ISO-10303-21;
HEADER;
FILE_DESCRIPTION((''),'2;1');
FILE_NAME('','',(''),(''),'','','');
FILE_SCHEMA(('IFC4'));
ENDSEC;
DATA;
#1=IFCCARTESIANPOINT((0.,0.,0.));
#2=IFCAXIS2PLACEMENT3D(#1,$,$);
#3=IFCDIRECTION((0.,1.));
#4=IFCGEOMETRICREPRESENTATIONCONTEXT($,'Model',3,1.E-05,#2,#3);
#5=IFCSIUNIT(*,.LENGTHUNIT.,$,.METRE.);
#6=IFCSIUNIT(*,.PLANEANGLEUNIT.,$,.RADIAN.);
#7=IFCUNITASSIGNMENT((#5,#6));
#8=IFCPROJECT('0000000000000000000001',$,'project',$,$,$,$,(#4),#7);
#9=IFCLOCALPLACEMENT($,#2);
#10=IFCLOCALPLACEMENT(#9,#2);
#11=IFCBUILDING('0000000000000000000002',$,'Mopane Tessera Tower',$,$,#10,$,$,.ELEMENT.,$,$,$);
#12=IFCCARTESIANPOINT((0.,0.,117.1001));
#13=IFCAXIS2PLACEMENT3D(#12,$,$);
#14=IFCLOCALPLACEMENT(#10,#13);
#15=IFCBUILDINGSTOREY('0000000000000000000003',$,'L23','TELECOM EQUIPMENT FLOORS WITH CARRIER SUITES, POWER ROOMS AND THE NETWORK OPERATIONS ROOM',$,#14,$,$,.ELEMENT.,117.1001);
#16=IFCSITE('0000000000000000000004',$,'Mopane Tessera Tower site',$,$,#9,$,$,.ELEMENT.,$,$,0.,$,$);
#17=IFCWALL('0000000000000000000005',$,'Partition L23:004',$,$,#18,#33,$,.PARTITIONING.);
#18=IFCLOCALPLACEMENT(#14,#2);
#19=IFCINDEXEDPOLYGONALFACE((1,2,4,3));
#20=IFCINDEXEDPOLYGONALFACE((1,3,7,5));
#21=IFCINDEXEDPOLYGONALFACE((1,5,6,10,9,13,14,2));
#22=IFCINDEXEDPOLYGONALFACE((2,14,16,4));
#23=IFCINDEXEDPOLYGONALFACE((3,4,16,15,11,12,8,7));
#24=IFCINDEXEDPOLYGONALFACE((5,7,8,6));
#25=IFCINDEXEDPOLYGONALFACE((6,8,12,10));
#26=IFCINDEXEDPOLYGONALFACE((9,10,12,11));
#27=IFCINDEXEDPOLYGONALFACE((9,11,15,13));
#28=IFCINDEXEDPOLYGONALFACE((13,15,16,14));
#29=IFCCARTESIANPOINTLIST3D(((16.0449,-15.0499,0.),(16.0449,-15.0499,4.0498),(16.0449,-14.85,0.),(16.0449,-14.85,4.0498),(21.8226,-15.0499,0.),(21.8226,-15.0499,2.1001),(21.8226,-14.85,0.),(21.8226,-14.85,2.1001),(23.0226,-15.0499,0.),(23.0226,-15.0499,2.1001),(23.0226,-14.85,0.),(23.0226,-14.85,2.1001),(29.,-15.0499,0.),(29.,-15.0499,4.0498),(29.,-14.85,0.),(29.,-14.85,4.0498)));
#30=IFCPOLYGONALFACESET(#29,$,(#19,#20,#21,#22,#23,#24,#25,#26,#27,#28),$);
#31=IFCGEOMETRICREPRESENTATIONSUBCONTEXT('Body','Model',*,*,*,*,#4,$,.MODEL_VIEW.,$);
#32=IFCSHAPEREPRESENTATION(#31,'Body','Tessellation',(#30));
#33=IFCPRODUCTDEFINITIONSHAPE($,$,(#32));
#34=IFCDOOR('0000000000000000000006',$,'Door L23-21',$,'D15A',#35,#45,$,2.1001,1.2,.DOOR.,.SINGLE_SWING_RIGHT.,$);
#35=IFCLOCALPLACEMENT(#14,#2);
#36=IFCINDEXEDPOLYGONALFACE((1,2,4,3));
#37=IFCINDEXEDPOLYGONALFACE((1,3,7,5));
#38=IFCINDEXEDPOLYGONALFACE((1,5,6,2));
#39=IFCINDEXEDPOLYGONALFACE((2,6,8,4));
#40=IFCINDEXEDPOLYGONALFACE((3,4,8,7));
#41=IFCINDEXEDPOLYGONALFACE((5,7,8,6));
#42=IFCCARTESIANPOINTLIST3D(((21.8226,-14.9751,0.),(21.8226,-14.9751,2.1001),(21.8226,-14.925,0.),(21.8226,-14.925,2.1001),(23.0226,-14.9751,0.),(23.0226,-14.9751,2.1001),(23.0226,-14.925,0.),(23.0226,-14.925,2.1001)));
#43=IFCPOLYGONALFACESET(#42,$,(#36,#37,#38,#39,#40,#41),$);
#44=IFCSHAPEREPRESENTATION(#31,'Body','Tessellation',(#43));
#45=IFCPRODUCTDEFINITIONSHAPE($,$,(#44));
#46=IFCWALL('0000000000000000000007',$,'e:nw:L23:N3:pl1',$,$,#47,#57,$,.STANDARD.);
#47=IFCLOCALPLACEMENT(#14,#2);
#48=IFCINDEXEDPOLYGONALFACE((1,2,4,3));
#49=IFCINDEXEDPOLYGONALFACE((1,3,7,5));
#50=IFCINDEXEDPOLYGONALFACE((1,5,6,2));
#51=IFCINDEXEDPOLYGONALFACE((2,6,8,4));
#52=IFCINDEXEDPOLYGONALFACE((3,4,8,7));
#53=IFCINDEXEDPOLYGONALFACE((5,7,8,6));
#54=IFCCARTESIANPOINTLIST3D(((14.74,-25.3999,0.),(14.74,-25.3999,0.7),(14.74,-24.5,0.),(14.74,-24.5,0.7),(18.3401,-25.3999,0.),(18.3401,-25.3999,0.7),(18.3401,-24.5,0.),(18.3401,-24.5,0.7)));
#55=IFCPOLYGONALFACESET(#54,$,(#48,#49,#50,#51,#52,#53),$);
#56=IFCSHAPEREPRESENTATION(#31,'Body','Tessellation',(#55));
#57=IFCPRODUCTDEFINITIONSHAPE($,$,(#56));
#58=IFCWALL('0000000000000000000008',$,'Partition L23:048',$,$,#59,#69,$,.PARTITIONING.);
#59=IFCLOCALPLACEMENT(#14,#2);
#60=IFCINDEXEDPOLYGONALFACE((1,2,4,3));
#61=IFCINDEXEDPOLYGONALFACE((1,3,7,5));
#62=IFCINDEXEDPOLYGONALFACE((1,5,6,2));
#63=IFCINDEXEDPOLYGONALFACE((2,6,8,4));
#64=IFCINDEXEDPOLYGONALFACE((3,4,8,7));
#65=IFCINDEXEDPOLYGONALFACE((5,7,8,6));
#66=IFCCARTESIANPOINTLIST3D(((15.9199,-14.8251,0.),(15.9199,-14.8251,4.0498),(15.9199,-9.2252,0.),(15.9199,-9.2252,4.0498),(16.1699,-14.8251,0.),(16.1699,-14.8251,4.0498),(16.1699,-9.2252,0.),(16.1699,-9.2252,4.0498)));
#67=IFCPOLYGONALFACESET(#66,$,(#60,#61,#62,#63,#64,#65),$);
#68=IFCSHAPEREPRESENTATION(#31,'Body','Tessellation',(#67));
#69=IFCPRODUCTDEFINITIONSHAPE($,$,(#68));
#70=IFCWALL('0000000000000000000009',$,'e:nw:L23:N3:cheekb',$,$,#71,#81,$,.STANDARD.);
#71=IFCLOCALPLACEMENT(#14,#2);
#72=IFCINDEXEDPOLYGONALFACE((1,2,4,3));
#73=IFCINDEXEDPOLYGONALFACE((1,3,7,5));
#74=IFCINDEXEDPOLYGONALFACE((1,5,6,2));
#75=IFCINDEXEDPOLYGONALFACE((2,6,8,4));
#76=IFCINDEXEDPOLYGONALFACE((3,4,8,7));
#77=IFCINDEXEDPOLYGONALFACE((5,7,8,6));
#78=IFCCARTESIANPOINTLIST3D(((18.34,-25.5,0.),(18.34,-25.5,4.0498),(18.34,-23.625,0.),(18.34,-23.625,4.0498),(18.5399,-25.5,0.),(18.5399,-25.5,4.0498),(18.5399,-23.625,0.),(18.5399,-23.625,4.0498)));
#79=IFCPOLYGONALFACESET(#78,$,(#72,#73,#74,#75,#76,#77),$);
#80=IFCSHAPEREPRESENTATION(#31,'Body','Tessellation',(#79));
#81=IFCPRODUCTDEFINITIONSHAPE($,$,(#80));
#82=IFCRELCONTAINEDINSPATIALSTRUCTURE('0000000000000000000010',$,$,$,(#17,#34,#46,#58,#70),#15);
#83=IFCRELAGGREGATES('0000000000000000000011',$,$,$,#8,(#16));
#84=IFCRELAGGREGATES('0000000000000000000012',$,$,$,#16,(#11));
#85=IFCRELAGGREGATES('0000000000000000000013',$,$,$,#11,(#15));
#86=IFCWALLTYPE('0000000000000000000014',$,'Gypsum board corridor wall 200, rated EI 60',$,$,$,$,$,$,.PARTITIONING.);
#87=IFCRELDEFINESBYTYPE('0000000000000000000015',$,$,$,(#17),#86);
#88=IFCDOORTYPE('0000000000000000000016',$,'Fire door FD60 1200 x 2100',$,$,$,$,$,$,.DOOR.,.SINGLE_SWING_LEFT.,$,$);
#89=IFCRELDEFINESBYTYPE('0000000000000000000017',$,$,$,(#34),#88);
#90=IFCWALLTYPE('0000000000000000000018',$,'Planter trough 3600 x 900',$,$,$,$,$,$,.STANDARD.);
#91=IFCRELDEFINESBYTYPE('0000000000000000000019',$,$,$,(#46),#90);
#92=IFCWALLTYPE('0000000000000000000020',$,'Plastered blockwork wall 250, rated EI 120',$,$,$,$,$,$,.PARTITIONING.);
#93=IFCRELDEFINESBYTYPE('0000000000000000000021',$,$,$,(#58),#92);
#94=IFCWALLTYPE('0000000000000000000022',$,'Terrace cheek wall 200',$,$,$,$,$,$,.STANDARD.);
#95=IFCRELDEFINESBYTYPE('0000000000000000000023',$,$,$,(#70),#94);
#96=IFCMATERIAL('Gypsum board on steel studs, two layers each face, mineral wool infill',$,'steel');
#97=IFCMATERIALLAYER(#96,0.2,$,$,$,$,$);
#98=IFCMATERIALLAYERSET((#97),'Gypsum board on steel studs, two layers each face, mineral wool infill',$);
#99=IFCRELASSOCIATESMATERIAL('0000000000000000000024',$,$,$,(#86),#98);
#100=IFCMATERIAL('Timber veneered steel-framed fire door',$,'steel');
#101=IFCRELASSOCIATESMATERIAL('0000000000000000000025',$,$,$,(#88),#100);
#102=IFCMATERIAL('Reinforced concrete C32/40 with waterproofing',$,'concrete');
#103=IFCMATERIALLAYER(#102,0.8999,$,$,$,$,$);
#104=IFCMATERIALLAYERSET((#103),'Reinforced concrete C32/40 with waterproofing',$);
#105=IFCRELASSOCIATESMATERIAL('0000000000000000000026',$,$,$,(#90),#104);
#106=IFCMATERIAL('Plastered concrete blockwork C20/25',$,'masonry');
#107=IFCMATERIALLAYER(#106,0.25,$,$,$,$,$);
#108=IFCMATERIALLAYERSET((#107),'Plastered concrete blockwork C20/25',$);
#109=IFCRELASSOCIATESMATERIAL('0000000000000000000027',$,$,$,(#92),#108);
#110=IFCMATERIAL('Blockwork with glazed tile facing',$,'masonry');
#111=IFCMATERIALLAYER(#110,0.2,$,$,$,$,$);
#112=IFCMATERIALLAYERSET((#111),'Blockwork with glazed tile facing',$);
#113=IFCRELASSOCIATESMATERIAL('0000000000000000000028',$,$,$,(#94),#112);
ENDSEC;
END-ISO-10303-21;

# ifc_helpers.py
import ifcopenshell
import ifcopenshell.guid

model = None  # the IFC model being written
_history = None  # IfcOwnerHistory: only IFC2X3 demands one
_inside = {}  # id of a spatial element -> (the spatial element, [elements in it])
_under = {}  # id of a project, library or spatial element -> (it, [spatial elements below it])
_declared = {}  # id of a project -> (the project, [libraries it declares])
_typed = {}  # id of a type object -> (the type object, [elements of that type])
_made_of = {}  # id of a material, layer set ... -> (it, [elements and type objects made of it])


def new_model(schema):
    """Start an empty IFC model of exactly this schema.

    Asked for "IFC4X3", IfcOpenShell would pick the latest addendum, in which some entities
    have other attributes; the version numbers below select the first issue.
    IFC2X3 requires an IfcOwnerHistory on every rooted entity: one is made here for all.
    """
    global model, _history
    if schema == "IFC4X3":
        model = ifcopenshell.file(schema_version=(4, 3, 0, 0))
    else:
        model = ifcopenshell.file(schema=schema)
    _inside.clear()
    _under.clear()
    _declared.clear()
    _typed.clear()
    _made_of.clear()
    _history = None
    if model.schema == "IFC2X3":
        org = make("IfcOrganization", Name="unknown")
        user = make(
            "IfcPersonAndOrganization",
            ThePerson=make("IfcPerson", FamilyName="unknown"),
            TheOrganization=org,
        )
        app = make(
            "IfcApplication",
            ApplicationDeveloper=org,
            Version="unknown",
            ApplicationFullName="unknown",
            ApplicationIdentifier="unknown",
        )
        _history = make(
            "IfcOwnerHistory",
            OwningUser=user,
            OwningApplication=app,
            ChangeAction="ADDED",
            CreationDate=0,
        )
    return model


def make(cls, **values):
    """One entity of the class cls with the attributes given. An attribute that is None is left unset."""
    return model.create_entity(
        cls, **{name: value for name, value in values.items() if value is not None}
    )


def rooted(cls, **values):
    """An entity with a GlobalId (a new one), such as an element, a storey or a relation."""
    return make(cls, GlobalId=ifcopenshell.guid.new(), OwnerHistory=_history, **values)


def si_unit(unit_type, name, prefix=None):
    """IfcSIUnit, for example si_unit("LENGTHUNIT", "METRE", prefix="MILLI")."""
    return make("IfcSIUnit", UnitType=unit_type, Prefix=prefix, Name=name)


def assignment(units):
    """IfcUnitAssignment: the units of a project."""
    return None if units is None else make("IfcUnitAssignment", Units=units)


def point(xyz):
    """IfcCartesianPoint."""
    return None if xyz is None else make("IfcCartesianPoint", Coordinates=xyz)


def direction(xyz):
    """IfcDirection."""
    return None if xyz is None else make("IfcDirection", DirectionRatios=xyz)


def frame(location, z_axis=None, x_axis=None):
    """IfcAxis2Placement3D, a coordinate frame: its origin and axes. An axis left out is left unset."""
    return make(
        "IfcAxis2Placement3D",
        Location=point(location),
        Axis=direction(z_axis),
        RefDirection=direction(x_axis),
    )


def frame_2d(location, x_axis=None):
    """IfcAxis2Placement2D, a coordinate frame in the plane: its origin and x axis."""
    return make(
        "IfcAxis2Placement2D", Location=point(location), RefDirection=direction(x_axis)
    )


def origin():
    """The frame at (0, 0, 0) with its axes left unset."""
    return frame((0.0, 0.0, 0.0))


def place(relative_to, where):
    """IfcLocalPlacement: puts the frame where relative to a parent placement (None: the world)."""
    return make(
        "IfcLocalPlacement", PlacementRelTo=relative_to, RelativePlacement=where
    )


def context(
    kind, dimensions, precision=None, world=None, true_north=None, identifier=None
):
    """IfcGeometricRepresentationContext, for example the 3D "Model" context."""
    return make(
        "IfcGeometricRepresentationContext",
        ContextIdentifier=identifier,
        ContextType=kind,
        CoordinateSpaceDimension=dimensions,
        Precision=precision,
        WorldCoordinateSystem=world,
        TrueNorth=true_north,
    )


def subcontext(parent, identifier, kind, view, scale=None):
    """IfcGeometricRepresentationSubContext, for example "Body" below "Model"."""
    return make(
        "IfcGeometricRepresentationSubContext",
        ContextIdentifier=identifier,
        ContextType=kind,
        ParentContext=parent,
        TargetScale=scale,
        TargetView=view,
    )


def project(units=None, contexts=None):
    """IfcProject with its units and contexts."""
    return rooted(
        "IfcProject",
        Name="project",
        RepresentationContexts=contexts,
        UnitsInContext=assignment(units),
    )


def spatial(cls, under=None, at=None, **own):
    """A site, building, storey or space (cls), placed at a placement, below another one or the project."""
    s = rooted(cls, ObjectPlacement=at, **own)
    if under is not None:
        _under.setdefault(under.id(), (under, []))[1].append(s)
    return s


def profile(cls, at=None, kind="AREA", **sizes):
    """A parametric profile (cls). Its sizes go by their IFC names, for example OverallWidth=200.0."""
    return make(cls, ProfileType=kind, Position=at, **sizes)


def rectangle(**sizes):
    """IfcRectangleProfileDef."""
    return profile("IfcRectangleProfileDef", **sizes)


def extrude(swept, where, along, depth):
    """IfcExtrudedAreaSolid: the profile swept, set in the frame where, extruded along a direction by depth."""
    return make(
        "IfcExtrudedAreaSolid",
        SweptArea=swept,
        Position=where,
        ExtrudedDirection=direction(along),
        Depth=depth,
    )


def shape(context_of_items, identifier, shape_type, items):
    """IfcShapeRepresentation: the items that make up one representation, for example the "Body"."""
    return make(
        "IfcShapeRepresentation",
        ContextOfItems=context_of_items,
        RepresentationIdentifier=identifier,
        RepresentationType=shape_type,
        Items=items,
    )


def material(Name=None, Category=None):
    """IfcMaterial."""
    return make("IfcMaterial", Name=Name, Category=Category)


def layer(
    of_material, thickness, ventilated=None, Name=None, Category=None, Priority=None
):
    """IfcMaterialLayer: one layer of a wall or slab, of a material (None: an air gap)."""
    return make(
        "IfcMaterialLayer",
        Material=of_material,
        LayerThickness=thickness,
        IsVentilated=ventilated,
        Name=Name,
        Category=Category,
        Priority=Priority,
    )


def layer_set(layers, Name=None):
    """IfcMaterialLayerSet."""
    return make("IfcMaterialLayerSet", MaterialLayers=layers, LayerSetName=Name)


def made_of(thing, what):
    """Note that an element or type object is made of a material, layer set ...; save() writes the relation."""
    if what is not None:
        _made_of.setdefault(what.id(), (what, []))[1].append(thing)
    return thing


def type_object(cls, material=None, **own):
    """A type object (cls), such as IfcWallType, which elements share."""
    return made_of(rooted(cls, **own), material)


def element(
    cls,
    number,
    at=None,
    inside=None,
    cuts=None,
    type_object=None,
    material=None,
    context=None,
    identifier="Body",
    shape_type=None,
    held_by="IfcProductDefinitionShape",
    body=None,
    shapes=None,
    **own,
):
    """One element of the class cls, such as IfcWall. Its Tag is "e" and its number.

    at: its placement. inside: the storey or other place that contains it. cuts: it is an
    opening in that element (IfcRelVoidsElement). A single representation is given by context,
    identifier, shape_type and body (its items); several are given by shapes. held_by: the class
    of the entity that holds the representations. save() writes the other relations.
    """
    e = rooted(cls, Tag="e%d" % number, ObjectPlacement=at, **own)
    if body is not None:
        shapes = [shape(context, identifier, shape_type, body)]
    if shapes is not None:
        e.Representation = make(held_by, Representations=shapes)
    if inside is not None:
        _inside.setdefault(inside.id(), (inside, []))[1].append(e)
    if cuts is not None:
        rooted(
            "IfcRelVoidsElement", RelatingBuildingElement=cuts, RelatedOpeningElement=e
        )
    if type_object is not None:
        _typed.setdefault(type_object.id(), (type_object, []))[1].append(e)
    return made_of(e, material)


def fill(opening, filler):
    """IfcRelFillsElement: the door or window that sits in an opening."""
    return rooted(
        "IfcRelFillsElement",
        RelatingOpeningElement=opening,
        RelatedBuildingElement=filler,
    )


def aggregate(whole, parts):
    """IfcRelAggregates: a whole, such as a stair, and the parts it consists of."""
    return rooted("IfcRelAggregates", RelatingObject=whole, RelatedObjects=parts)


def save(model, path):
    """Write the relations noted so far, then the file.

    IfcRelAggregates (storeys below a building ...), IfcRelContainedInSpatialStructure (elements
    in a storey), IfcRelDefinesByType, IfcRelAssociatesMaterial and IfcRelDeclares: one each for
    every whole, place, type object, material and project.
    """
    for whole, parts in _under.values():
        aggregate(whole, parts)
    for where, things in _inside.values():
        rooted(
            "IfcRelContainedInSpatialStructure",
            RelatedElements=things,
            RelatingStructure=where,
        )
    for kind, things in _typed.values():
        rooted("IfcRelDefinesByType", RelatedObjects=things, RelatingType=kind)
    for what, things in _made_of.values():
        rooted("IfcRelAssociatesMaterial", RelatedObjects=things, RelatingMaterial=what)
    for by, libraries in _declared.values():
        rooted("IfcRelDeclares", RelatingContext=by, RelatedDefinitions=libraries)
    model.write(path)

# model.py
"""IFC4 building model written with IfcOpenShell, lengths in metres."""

from ifc_helpers import new_model, si_unit, direction, frame, frame_2d, origin, place, context, subcontext, project, spatial, rectangle, extrude, material, layer, layer_set, type_object, element, fill, save


model = new_model("IFC4")

# Units and contexts
model_context = context("Model", 3, precision=1e-05, world=origin(), true_north=direction((0.0, 1.0)))
body_context = subcontext(model_context, "Body", "Model", "MODEL_VIEW")
ifc_project = project(units=[si_unit("LENGTHUNIT", "METRE"), si_unit("PLANEANGLEUNIT", "RADIAN")], contexts=[model_context])

# Site, building, storey
site_placement = place(None, origin())
site = spatial("IfcSite", under=ifc_project, at=site_placement, Name="Mopane Tessera Tower site", CompositionType="ELEMENT", RefElevation=0.0)
building_placement = place(site_placement, origin())
building = spatial("IfcBuilding", under=site, at=building_placement, Name="Mopane Tessera Tower", CompositionType="ELEMENT")
storey_placement = place(building_placement, frame((0.0, 0.0, 117.1001)))
storey = spatial("IfcBuildingStorey", under=building, at=storey_placement, Name="L23", Description="TELECOM EQUIPMENT FLOORS WITH CARRIER SUITES, POWER ROOMS AND THE NETWORK OPERATIONS ROOM", CompositionType="ELEMENT", Elevation=117.1001)

# Wall, opening, door
ifc_material_1 = material(Name="Gypsum board on steel studs, two layers each face, mineral wool infill", Category="steel")
ifc_layer_1 = layer(ifc_material_1, 0.2)
ifc_layer_set_1 = layer_set([ifc_layer_1], Name="Gypsum board on steel studs, two layers each face, mineral wool infill")
wall_type_1 = type_object("IfcWallType", Name="Gypsum board corridor wall 200, rated EI 60", PredefinedType="PARTITIONING", material=ifc_layer_set_1)
wall_1_placement = place(storey_placement, frame((16.0449, -14.95, 0.0), z_axis=(0.0, 0.0, 1.0), x_axis=(1.0, 0.0, 0.0)))
wall_1 = element("IfcWall", 1, at=wall_1_placement, inside=storey, type_object=wall_type_1, Name="Partition L23:004", PredefinedType="PARTITIONING", context=body_context, shape_type="SweptSolid", body=[
    extrude(rectangle(XDim=12.9551, YDim=0.2, at=frame_2d((6.4775, 0.0))), origin(), (0.0, 0.0, 1.0), 4.0498),
])
opening_placement = place(wall_1_placement, frame((5.7776, 0.0, 0.0)))
opening = element("IfcOpeningElement", 2, at=opening_placement, cuts=wall_1, PredefinedType="OPENING", context=body_context, shape_type="SweptSolid", body=[
    extrude(rectangle(XDim=1.2, YDim=2.1001, at=frame_2d((0.6001, 1.05))), frame((0.0, 0.1121, 0.0), z_axis=(0.0, -1.0, 0.0), x_axis=(1.0, 0.0, 0.0)), (0.0, 0.0, 1.0), 0.2239),
])
ifc_material_2 = material(Name="Timber veneered steel-framed fire door", Category="steel")
door_type = type_object("IfcDoorType", Name="Fire door FD60 1200 x 2100", OperationType="SINGLE_SWING_LEFT", PredefinedType="DOOR", material=ifc_material_2)
door_placement = place(opening_placement, origin())
door = element("IfcDoor", 3, at=door_placement, inside=storey, type_object=door_type, Name="Door L23-21", ObjectType="D15A", OperationType="SINGLE_SWING_RIGHT", OverallHeight=2.1001, OverallWidth=1.2, PredefinedType="DOOR", context=body_context, shape_type="SweptSolid", body=[
    extrude(rectangle(XDim=1.2, YDim=2.1001, at=frame_2d((0.6001, 1.05))), frame((0.0, 0.0249, 0.0), z_axis=(0.0, -1.0, 0.0), x_axis=(1.0, 0.0, 0.0)), (0.0, 0.0, 1.0), 0.05),
])
fill(opening, door)

# Walls
ifc_material_3 = material(Name="Reinforced concrete C32/40 with waterproofing", Category="concrete")
ifc_layer_2 = layer(ifc_material_3, 0.8999)
ifc_layer_set_2 = layer_set([ifc_layer_2], Name="Reinforced concrete C32/40 with waterproofing")
wall_type_2 = type_object("IfcWallType", Name="Planter trough 3600 x 900", PredefinedType="STANDARD", material=ifc_layer_set_2)
wall_2_placement = place(storey_placement, frame((14.74, -24.95, 0.0), z_axis=(0.0, 0.0, 1.0), x_axis=(1.0, 0.0, 0.0)))
element("IfcWall", 4, at=wall_2_placement, inside=storey, type_object=wall_type_2, Name="e:nw:L23:N3:pl1", PredefinedType="STANDARD", context=body_context, shape_type="SweptSolid", body=[
    extrude(rectangle(XDim=3.6001, YDim=0.8999, at=frame_2d((1.8, 0.0))), origin(), (0.0, 0.0, 1.0), 0.7),
])
ifc_material_4 = material(Name="Plastered concrete blockwork C20/25", Category="masonry")
ifc_layer_3 = layer(ifc_material_4, 0.25)
ifc_layer_set_3 = layer_set([ifc_layer_3], Name="Plastered concrete blockwork C20/25")
wall_type_3 = type_object("IfcWallType", Name="Plastered blockwork wall 250, rated EI 120", PredefinedType="PARTITIONING", material=ifc_layer_set_3)
wall_3_placement = place(storey_placement, frame((16.0449, -14.825, 0.0), z_axis=(0.0, 0.0, 1.0), x_axis=(0.0, 1.0, 0.0)))
element("IfcWall", 5, at=wall_3_placement, inside=storey, type_object=wall_type_3, Name="Partition L23:048", PredefinedType="PARTITIONING", context=body_context, shape_type="SweptSolid", body=[
    extrude(rectangle(XDim=5.5999, YDim=0.25, at=frame_2d((2.7998, 0.0))), origin(), (0.0, 0.0, 1.0), 4.0498),
])
ifc_material_5 = material(Name="Blockwork with glazed tile facing", Category="masonry")
ifc_layer_4 = layer(ifc_material_5, 0.2)
ifc_layer_set_4 = layer_set([ifc_layer_4], Name="Blockwork with glazed tile facing")
wall_type_4 = type_object("IfcWallType", Name="Terrace cheek wall 200", PredefinedType="STANDARD", material=ifc_layer_set_4)
wall_4_placement = place(storey_placement, frame((18.4399, -25.5, 0.0), z_axis=(0.0, 0.0, 1.0), x_axis=(0.0, 1.0, 0.0)))
element("IfcWall", 6, at=wall_4_placement, inside=storey, type_object=wall_type_4, Name="e:nw:L23:N3:cheekb", PredefinedType="STANDARD", context=body_context, shape_type="SweptSolid", body=[
    extrude(rectangle(XDim=1.875, YDim=0.2, at=frame_2d((0.9375, 0.0))), origin(), (0.0, 0.0, 1.0), 4.0498),
])

save(model, "model.ifc")
